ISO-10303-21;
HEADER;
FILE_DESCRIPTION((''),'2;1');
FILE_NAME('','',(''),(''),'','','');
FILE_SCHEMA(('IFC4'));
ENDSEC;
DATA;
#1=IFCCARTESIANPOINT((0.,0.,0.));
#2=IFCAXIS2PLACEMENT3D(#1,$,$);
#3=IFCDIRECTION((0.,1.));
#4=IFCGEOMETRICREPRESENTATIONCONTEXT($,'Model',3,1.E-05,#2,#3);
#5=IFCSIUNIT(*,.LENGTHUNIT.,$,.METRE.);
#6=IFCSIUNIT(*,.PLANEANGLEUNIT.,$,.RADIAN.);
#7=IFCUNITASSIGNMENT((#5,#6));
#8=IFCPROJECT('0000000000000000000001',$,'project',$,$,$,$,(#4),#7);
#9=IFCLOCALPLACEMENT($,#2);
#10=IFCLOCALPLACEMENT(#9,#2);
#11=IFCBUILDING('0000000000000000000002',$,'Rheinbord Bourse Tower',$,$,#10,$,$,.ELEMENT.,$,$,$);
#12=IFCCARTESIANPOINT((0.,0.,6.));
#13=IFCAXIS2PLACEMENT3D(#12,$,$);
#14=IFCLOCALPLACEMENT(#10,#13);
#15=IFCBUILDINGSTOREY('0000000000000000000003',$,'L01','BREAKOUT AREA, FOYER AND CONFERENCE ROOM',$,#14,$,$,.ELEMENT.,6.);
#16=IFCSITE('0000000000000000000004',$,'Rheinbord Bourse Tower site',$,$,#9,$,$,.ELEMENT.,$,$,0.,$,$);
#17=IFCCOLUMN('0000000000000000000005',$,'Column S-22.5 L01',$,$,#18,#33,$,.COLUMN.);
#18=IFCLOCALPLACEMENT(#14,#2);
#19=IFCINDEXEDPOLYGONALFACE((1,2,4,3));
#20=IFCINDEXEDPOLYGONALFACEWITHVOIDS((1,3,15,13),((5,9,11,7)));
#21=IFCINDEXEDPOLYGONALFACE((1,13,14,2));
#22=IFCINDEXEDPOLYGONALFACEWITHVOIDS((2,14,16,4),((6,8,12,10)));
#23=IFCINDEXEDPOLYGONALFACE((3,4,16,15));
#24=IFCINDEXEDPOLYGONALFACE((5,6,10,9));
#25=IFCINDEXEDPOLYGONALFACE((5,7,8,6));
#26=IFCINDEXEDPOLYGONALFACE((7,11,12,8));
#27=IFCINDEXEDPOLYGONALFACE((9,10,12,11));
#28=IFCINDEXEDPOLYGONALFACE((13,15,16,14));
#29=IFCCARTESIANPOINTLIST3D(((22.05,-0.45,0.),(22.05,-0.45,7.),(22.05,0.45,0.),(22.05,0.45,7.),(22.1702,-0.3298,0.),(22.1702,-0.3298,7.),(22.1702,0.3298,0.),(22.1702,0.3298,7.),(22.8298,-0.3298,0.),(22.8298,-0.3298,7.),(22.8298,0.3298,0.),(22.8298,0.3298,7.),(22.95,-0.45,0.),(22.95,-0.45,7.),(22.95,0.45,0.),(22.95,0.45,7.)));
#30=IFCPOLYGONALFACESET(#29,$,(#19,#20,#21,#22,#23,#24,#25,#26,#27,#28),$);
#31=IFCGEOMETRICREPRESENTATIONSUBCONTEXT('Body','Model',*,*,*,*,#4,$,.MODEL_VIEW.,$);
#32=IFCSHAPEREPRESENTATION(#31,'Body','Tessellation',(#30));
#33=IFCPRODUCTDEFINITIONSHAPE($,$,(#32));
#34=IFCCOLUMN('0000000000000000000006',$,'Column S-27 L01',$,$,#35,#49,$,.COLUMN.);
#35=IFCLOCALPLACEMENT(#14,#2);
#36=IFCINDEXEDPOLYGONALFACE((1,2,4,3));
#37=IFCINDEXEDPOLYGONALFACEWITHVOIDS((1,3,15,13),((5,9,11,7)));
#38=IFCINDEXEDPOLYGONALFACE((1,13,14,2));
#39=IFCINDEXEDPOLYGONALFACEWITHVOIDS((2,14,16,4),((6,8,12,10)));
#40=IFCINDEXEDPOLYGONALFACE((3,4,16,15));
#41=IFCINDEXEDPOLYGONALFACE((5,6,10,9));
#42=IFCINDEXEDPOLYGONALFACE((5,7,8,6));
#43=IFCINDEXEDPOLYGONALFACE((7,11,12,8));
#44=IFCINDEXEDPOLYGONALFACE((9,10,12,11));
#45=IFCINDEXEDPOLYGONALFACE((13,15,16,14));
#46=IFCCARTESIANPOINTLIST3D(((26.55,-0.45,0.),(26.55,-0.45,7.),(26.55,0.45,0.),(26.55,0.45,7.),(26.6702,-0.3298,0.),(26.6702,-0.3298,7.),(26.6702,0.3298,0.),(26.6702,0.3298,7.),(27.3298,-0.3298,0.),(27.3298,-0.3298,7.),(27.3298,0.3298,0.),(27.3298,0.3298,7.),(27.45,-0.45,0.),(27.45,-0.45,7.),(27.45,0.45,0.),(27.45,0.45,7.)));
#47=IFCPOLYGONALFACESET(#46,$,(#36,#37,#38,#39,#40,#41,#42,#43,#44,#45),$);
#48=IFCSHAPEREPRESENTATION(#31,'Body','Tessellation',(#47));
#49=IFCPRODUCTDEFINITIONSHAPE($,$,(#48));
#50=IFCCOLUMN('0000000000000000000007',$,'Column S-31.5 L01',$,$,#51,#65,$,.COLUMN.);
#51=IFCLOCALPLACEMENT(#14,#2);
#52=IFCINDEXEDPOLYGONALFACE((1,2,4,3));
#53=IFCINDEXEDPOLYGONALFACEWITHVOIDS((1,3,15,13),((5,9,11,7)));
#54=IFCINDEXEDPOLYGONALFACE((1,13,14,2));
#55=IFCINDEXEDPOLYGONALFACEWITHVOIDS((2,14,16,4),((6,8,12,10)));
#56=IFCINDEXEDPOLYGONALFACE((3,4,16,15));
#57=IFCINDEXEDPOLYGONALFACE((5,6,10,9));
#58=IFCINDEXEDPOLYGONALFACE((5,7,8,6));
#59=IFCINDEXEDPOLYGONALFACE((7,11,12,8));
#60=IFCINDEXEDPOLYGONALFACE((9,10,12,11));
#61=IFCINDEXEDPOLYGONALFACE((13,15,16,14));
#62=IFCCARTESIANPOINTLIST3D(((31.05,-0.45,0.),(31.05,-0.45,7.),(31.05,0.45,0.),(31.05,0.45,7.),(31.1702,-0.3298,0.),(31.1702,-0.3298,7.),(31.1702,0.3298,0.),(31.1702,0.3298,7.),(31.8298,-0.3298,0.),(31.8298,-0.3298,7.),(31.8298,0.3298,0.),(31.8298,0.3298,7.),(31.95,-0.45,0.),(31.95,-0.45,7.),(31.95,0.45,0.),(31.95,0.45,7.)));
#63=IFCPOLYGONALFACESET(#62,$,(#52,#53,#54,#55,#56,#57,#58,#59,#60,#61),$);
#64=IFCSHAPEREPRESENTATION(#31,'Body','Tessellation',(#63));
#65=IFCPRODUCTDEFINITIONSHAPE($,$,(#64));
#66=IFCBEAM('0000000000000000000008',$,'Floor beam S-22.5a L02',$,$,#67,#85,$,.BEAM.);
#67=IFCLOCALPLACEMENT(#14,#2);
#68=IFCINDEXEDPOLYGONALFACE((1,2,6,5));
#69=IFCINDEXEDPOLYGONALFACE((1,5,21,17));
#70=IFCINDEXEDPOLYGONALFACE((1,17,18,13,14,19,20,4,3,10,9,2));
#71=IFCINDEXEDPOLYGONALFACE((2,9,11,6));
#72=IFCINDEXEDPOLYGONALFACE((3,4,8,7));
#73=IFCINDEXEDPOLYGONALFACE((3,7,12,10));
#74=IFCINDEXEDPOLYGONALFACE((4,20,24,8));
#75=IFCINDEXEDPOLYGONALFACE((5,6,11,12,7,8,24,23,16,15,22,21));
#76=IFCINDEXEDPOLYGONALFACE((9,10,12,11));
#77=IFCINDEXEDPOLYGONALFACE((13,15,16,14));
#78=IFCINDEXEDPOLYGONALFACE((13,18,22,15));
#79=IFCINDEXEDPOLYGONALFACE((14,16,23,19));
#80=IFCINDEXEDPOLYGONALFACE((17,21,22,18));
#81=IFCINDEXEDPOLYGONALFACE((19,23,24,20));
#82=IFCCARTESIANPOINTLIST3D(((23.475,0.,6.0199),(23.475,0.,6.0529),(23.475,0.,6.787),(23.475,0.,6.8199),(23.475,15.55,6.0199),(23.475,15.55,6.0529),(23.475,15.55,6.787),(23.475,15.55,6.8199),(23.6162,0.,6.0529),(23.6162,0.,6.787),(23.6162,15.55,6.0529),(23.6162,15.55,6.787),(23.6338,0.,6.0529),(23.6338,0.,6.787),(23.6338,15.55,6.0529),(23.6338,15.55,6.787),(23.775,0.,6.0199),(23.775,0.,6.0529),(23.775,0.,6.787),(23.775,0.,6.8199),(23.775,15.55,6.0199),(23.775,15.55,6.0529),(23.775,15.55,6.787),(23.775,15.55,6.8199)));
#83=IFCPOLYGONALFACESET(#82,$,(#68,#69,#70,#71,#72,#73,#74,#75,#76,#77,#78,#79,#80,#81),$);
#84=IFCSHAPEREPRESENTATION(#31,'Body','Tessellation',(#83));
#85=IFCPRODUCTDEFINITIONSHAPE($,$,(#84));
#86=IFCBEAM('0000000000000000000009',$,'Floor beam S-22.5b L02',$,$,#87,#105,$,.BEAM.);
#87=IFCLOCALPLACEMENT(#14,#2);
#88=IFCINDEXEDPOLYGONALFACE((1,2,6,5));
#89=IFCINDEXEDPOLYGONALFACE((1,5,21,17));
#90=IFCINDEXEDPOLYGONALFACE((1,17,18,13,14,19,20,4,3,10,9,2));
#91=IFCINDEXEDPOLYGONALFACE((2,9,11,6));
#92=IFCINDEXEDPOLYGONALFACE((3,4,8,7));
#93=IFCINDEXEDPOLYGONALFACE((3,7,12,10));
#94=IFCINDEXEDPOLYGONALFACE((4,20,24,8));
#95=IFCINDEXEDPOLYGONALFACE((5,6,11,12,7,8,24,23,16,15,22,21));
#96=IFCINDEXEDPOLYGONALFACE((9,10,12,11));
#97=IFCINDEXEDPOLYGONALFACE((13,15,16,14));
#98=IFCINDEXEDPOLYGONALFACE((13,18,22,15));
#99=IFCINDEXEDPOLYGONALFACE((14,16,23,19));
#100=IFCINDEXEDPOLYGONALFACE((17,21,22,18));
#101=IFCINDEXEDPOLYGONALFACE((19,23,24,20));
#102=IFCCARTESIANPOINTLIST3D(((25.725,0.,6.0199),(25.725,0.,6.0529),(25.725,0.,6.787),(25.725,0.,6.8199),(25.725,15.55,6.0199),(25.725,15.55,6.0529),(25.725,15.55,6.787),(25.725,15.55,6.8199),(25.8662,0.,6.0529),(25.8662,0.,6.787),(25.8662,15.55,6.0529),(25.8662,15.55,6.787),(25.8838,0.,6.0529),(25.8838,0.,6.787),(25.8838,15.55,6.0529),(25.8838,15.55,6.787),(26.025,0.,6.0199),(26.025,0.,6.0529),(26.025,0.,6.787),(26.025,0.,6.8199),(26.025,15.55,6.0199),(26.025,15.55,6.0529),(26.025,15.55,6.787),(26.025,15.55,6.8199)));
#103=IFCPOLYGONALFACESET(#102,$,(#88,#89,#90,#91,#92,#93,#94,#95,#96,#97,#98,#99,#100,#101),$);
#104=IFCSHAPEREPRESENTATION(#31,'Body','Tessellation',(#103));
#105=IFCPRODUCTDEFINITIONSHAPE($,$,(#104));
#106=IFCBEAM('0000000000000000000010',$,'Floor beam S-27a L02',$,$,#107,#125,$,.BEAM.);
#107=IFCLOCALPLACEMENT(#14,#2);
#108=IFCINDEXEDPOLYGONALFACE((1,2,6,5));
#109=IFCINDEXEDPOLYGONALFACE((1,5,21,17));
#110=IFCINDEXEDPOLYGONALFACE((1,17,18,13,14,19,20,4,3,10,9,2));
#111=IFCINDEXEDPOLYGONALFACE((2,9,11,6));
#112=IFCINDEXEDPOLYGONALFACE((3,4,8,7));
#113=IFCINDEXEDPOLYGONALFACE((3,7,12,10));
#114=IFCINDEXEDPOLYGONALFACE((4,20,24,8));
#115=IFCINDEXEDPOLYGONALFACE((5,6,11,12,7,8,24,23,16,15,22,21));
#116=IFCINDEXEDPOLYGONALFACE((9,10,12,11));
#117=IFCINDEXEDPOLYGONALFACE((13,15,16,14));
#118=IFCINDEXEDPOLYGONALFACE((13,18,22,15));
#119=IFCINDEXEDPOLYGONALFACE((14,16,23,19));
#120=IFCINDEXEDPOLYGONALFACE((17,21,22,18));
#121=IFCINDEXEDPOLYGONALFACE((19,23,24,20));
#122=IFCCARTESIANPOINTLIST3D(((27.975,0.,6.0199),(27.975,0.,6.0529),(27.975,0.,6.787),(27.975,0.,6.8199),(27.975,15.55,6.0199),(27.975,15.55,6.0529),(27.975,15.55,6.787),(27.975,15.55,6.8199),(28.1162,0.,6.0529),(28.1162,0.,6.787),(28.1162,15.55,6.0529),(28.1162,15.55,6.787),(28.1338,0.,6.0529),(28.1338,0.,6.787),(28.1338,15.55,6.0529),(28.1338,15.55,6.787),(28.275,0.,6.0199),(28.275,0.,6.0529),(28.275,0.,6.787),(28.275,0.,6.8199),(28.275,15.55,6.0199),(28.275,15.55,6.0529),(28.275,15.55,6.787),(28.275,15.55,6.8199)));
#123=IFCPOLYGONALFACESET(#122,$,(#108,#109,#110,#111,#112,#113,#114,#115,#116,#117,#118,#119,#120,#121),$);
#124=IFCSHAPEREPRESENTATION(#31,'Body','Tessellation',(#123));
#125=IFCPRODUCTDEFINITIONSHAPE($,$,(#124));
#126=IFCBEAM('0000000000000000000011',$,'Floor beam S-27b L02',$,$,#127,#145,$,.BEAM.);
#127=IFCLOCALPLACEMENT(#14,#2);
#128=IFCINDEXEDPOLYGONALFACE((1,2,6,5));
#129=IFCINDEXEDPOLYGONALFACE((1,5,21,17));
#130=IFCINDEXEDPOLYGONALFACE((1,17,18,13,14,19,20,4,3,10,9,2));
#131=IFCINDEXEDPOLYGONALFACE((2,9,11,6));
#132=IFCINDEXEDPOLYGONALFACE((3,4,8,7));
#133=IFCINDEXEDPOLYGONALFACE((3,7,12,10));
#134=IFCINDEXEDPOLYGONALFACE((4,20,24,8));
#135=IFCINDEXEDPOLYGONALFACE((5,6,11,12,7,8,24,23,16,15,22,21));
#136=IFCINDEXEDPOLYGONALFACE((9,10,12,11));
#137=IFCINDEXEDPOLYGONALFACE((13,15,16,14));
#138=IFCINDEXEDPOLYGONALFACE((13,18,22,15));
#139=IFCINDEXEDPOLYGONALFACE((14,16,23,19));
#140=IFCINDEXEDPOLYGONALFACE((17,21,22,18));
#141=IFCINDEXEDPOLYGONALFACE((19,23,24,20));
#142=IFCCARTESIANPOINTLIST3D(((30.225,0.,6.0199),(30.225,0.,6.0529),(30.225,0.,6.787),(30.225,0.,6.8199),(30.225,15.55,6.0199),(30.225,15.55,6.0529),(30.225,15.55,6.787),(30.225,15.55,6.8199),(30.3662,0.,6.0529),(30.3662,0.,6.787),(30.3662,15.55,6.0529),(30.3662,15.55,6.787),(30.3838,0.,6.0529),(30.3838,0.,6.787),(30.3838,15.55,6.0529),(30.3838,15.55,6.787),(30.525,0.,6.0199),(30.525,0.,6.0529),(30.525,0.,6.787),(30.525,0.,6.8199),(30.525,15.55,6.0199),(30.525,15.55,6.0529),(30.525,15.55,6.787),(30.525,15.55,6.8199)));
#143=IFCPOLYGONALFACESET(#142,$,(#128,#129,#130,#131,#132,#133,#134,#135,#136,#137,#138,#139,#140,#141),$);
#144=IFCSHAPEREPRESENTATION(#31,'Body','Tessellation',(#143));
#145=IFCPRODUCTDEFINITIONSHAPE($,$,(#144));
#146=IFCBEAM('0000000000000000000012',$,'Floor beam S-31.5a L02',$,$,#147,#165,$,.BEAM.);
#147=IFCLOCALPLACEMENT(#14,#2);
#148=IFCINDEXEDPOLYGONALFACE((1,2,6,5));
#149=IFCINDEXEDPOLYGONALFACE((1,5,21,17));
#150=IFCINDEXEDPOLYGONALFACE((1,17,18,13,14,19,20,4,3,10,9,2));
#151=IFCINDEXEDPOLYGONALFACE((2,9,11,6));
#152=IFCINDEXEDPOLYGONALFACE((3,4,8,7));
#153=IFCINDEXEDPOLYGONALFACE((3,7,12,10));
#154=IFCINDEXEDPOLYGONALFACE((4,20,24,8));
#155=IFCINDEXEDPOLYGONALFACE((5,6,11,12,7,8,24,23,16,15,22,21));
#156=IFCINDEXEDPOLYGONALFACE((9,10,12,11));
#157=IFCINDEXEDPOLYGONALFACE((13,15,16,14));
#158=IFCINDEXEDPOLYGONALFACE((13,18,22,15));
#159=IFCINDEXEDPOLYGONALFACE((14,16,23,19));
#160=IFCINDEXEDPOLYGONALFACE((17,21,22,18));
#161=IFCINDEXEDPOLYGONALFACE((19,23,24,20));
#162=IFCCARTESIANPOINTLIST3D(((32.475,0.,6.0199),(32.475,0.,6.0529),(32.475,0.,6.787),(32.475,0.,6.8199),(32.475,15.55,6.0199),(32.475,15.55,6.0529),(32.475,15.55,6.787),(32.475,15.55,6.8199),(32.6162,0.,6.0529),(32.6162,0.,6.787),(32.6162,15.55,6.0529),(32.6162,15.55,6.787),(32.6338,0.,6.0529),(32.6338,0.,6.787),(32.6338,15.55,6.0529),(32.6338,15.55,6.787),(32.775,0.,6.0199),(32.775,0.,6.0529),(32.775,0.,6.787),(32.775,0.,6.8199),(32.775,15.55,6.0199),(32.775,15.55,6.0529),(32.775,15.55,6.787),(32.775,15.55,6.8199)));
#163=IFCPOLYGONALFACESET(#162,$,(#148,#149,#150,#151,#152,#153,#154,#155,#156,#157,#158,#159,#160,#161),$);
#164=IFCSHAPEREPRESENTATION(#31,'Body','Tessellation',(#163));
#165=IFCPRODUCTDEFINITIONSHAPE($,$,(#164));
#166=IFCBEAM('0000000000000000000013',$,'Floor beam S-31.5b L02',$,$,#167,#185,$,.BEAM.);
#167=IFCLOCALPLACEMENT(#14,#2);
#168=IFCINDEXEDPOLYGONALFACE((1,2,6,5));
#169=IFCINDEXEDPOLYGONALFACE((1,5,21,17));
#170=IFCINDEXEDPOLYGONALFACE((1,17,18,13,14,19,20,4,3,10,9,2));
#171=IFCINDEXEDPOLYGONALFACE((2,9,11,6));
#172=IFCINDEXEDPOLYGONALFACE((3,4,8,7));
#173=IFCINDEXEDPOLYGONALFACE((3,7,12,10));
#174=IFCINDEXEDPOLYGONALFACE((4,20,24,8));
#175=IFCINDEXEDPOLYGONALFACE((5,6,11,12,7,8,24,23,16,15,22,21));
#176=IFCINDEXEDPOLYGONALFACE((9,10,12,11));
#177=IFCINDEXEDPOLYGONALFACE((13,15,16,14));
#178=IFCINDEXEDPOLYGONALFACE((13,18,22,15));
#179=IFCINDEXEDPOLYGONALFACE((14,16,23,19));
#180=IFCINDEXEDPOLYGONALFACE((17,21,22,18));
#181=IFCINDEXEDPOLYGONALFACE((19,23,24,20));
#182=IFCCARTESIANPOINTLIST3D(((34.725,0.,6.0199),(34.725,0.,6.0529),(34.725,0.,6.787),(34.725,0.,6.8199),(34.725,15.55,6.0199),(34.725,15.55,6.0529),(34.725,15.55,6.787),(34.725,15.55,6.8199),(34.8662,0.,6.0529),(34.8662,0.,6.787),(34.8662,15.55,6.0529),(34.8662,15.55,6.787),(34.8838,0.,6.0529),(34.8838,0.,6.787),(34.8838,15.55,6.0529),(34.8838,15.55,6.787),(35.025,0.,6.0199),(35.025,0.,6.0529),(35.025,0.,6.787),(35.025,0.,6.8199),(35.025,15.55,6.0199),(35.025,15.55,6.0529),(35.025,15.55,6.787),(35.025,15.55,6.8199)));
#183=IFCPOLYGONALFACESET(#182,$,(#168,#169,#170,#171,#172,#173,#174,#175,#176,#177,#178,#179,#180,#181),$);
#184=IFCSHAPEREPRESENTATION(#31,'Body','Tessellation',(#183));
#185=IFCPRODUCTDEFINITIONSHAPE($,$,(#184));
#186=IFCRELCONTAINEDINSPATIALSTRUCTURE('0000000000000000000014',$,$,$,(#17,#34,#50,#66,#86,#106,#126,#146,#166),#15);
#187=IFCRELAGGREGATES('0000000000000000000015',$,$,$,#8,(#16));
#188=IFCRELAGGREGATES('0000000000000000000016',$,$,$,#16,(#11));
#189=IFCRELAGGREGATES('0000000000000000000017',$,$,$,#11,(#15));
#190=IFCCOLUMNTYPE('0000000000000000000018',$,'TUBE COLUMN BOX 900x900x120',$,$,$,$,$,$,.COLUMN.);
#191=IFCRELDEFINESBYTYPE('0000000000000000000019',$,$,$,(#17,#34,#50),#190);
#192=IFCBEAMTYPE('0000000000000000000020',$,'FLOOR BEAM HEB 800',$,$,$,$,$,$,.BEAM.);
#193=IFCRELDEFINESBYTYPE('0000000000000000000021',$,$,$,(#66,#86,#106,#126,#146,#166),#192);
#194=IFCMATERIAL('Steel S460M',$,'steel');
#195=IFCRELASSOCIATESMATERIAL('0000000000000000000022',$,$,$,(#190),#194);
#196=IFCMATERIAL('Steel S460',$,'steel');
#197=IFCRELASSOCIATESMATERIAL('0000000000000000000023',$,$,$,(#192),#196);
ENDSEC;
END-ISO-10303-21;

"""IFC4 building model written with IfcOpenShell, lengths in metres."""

from ifc_helpers import new_model, si_unit, direction, frame, origin, origin_2d, place, context, subcontext, project, spatial, hollow_rectangle, i_section, extrude, material, material_profile, profile_set, type_object, element, save


model = new_model("IFC4")

# Units and contexts
model_context = context("Model", 3, precision=1e-05, world=origin(), true_north=direction((0.0, 1.0)))
body_context = subcontext(model_context, "Body", "Model", "MODEL_VIEW")
ifc_project = project(units=[si_unit("LENGTHUNIT", "METRE"), si_unit("PLANEANGLEUNIT", "RADIAN")], contexts=[model_context])

# Site, building, storey
site_placement = place(None, origin())
site = spatial("IfcSite", under=ifc_project, at=site_placement, Name="Rheinbord Bourse Tower site", CompositionType="ELEMENT", RefElevation=0.0)
building_placement = place(site_placement, origin())
building = spatial("IfcBuilding", under=site, at=building_placement, Name="Rheinbord Bourse Tower", CompositionType="ELEMENT")
storey_placement = place(building_placement, frame((0.0, 0.0, 6.0)))
storey = spatial("IfcBuildingStorey", under=building, at=storey_placement, Name="L01", Description="BREAKOUT AREA, FOYER AND CONFERENCE ROOM", CompositionType="ELEMENT", Elevation=6.0)

# Columns
ifc_material_1 = material(Name="Steel S460M", Category="steel")
ifc_material_profile_1 = material_profile(ifc_material_1, hollow_rectangle(XDim=0.8999, YDim=0.8999, WallThickness=0.1201, at=origin_2d()), Name="BOX 900x900x120")
ifc_profile_set_1 = profile_set([ifc_material_profile_1], Name="Steel S460M")
column_type = type_object("IfcColumnType", Name="TUBE COLUMN BOX 900x900x120", PredefinedType="COLUMN", material=ifc_profile_set_1)
for number, where, z_axis, x_axis, name in (
    (1, (22.5, 0.0, 0.0), (0.0, 0.0, 1.0), (0.0, 1.0, 0.0), "Column S-22.5 L01"),
    (2, (27.0, 0.0, 0.0), (0.0, 0.0, 1.0), (0.0, 1.0, 0.0), "Column S-27 L01"),
    (3, (31.5, 0.0, 0.0), (0.0, 0.0, 1.0), (0.0, 1.0, 0.0), "Column S-31.5 L01"),
):
    element("IfcColumn", number, at=place(storey_placement, frame(where, z_axis=z_axis, x_axis=x_axis)), inside=storey, type_object=column_type, Name=name, PredefinedType="COLUMN", context=body_context, shape_type="SweptSolid", body=[
        extrude(hollow_rectangle(XDim=0.8999, YDim=0.8999, WallThickness=0.1201, at=origin_2d()), origin(), (0.0, 0.0, 1.0), 7.0),
    ])

# Beams
ifc_material_2 = material(Name="Steel S460", Category="steel")
ifc_material_profile_2 = material_profile(ifc_material_2, i_section(OverallWidth=0.3, OverallDepth=0.8, WebThickness=0.0176, FlangeThickness=0.033, at=origin_2d()), Name="HEB 800")
ifc_profile_set_2 = profile_set([ifc_material_profile_2], Name="Steel S460")
beam_type_1 = type_object("IfcBeamType", Name="FLOOR BEAM HEB 800", PredefinedType="BEAM", material=ifc_profile_set_2)
for number, where, z_axis, x_axis, name in (
    (4, (23.625, 0.0, 6.4199), (0.0, 1.0, 0.0), (-1.0, 0.0, 0.0), "Floor beam S-22.5a L02"),
    (5, (25.875, 0.0, 6.4199), (0.0, 1.0, 0.0), (-1.0, 0.0, 0.0), "Floor beam S-22.5b L02"),
    (6, (28.125, 0.0, 6.4199), (0.0, 1.0, 0.0), (-1.0, 0.0, 0.0), "Floor beam S-27a L02"),
    (7, (30.375, 0.0, 6.4199), (0.0, 1.0, 0.0), (-1.0, 0.0, 0.0), "Floor beam S-27b L02"),
    (8, (32.625, 0.0, 6.4199), (0.0, 1.0, 0.0), (-1.0, 0.0, 0.0), "Floor beam S-31.5a L02"),
    (9, (34.875, 0.0, 6.4199), (0.0, 1.0, 0.0), (-1.0, 0.0, 0.0), "Floor beam S-31.5b L02"),
):
    element("IfcBeam", number, at=place(storey_placement, frame(where, z_axis=z_axis, x_axis=x_axis)), inside=storey, type_object=beam_type_1, Name=name, PredefinedType="BEAM", context=body_context, shape_type="SweptSolid", body=[
        extrude(i_section(OverallWidth=0.3, OverallDepth=0.8, WebThickness=0.0176, FlangeThickness=0.033, at=origin_2d()), origin(), (0.0, 0.0, 1.0), 15.55),
    ])

save(model, "model.ifc")
